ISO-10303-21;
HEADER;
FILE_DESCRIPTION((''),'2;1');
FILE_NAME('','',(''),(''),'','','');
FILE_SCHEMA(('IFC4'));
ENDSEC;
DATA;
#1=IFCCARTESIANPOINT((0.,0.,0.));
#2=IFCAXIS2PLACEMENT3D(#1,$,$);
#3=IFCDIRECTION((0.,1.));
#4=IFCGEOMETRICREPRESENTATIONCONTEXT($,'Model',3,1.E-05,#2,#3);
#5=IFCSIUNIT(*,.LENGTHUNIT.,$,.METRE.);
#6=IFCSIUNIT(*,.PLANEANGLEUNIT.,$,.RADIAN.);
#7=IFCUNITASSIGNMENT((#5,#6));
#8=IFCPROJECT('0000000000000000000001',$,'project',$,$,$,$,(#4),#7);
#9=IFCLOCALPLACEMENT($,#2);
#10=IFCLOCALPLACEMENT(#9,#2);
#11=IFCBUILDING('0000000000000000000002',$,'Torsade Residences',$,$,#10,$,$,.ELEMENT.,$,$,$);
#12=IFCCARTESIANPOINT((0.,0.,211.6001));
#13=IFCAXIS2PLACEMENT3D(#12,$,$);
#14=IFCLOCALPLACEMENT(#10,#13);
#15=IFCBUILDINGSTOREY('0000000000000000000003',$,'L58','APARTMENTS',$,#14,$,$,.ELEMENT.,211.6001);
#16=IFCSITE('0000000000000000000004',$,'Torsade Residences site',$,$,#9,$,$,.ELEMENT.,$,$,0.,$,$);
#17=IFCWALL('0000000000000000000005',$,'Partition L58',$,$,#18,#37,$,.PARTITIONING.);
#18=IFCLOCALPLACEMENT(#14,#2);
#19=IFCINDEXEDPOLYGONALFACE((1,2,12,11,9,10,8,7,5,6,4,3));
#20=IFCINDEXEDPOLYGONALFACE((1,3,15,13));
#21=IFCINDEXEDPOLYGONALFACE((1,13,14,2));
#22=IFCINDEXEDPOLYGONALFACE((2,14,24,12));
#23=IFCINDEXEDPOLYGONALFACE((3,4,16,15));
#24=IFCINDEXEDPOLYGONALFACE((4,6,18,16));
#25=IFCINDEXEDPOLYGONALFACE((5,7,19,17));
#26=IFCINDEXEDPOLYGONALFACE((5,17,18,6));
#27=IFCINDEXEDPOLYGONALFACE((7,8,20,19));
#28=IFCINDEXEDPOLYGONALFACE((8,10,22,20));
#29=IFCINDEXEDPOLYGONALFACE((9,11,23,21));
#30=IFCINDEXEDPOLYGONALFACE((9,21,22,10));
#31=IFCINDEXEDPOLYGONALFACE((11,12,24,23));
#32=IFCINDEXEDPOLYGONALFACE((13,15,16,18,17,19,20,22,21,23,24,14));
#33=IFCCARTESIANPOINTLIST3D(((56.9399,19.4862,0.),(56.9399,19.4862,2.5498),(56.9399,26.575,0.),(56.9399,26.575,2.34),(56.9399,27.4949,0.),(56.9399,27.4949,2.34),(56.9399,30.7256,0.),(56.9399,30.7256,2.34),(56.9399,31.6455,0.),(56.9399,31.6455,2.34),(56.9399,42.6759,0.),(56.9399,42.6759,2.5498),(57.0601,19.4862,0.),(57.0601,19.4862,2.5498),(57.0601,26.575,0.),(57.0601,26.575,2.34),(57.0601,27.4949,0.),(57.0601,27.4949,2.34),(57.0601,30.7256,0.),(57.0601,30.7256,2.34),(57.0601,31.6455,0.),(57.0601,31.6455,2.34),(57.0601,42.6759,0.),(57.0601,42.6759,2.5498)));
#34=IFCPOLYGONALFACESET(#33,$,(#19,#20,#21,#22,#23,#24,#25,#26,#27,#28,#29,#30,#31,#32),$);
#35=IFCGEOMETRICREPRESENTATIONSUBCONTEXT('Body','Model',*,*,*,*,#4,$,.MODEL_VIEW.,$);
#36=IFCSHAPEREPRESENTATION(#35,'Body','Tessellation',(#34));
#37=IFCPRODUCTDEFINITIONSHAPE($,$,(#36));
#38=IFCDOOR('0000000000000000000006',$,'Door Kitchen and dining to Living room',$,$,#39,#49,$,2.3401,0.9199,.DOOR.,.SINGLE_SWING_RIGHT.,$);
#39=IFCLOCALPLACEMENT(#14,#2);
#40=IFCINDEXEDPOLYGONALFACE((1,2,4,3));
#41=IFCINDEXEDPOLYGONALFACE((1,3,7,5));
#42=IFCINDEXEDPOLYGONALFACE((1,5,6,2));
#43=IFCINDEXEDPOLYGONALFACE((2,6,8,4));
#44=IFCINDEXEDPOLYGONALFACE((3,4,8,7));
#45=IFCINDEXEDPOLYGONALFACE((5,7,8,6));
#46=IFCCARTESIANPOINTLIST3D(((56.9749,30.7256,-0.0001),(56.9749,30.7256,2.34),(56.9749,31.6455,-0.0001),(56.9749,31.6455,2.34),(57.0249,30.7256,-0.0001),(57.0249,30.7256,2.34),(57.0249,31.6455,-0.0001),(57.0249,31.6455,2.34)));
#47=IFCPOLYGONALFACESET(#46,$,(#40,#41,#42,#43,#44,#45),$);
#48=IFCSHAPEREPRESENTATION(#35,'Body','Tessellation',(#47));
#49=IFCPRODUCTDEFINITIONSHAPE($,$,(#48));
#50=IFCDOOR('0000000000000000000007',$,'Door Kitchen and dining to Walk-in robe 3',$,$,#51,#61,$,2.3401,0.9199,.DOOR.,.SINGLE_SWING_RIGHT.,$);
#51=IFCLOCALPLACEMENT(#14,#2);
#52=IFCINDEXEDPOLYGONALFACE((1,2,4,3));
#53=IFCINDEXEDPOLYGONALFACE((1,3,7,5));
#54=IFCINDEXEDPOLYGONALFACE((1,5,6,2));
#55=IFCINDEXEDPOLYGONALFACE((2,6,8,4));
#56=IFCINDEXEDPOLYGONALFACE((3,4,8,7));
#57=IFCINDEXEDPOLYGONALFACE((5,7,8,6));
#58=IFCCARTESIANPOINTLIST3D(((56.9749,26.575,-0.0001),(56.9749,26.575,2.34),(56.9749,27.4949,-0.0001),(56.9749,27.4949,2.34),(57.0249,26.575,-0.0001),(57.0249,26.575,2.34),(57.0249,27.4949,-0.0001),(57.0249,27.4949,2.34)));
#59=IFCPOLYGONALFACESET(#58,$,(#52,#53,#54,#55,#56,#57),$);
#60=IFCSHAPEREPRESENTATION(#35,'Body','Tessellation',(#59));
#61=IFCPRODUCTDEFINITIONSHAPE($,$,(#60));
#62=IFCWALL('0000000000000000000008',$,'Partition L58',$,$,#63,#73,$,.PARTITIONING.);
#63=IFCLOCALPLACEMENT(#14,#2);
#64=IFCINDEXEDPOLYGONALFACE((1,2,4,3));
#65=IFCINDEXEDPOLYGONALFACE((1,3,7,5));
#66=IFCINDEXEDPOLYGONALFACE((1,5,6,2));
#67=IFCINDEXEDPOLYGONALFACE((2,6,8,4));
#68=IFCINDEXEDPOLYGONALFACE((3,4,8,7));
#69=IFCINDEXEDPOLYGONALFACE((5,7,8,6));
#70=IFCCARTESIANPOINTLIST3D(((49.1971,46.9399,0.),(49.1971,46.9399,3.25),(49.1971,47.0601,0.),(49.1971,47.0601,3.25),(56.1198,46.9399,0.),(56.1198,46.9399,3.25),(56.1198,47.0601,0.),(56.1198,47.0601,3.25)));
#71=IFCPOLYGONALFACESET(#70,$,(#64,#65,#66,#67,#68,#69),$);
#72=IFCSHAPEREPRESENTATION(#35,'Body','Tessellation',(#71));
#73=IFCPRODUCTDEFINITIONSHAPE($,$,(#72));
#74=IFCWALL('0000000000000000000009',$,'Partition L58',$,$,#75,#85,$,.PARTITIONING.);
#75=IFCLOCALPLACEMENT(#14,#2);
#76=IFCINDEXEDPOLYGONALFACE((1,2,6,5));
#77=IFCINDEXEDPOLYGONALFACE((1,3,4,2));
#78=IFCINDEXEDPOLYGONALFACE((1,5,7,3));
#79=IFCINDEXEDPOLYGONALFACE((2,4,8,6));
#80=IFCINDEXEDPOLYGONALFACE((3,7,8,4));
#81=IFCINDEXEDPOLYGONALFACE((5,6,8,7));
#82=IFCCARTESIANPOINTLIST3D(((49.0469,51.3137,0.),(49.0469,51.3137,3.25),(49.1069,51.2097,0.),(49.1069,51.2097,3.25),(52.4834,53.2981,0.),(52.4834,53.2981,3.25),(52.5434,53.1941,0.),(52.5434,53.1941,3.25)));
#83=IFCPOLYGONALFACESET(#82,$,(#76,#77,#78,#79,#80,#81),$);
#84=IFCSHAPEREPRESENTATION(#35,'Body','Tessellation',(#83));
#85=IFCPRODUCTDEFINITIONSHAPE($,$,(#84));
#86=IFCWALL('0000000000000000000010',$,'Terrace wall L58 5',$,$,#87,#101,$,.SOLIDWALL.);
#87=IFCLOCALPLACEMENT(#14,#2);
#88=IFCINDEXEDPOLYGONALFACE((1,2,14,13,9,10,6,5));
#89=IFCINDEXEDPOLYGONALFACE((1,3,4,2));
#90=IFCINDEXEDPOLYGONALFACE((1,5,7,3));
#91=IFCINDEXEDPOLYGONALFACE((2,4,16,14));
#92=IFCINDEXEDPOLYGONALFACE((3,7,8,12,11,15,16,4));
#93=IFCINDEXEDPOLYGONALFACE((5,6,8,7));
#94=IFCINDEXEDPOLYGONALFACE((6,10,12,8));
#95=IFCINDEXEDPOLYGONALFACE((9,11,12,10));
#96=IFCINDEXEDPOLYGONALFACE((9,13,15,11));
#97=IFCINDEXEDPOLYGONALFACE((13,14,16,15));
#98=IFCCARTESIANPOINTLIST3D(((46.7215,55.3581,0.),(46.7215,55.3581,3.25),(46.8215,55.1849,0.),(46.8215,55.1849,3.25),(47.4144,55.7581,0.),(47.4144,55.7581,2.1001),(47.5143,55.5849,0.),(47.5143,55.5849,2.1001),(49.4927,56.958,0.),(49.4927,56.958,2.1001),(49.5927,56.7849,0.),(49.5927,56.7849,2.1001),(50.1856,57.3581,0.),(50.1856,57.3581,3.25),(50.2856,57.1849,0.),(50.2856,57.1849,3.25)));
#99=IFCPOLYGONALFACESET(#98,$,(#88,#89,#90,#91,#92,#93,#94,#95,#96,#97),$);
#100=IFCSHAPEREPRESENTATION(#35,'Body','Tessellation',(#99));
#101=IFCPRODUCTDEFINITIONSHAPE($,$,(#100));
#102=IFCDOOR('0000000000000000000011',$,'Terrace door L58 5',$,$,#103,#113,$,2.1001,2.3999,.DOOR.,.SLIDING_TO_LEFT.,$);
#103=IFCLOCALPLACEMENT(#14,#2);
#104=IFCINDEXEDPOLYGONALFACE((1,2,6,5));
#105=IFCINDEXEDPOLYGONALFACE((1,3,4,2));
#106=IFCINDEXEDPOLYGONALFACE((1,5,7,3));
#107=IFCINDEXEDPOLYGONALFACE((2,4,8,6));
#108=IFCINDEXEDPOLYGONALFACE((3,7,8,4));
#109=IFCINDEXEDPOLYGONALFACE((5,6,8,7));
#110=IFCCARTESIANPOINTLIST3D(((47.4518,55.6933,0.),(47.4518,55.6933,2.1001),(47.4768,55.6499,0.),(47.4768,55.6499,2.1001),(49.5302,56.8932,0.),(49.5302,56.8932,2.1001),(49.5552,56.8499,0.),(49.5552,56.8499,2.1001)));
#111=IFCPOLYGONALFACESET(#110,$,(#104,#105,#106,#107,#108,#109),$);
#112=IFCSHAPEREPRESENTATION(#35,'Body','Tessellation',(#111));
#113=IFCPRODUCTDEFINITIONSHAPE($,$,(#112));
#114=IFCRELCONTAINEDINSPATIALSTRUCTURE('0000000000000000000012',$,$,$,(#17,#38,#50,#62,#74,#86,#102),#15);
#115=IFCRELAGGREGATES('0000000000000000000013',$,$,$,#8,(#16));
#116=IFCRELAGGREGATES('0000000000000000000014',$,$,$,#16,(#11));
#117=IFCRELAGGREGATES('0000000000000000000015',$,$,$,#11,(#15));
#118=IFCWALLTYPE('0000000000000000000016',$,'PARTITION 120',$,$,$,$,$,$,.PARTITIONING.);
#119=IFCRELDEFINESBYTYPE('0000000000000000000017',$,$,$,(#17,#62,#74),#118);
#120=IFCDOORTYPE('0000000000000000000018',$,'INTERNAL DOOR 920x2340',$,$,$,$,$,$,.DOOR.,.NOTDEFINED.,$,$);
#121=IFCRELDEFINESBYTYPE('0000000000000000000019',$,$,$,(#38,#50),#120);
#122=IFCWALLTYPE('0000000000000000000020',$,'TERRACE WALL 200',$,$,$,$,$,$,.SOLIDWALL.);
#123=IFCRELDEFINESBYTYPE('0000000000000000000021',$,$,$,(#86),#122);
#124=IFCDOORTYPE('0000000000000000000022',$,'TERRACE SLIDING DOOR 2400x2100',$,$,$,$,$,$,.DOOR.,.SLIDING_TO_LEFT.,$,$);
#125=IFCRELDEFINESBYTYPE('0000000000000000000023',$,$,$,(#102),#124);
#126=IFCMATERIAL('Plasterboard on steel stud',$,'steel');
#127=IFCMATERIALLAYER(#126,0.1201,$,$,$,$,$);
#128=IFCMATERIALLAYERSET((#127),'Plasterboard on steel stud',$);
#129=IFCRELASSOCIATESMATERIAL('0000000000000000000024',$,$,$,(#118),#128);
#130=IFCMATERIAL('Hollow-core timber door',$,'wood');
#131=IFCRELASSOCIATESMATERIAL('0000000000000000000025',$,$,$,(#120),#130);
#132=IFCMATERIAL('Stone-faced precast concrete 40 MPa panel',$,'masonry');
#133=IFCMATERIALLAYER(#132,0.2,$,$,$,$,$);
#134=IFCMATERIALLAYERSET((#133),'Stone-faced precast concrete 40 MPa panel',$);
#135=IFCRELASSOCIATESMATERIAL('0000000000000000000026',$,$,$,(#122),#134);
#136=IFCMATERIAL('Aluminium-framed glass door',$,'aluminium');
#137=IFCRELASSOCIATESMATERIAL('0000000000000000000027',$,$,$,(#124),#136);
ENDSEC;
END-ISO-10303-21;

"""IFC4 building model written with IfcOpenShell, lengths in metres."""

from ifc_helpers import new_model, si_unit, direction, frame, frame_2d, origin, place, context, subcontext, project, spatial, rectangle, extrude, material, layer, layer_set, type_object, element, fill, save


model = new_model("IFC4")

# Units and contexts
model_context = context("Model", 3, precision=1e-05, world=origin(), true_north=direction((0.0, 1.0)))
body_context = subcontext(model_context, "Body", "Model", "MODEL_VIEW")
ifc_project = project(units=[si_unit("LENGTHUNIT", "METRE"), si_unit("PLANEANGLEUNIT", "RADIAN")], contexts=[model_context])

# Site, building, storey
site_placement = place(None, origin())
site = spatial("IfcSite", under=ifc_project, at=site_placement, Name="Torsade Residences site", CompositionType="ELEMENT", RefElevation=0.0)
building_placement = place(site_placement, origin())
building = spatial("IfcBuilding", under=site, at=building_placement, Name="Torsade Residences", CompositionType="ELEMENT")
storey_placement = place(building_placement, frame((0.0, 0.0, 211.6001)))
storey = spatial("IfcBuildingStorey", under=building, at=storey_placement, Name="L58", Description="APARTMENTS", CompositionType="ELEMENT", Elevation=211.6001)

# Wall, openings, doors
ifc_material_1 = material(Name="Plasterboard on steel stud", Category="steel")
ifc_layer_1 = layer(ifc_material_1, 0.1201)
ifc_layer_set_1 = layer_set([ifc_layer_1], Name="Plasterboard on steel stud")
wall_type_1 = type_object("IfcWallType", Name="PARTITION 120", PredefinedType="PARTITIONING", material=ifc_layer_set_1)
wall_1_placement = place(storey_placement, frame((57.0, 42.6758, 0.0), z_axis=(0.0, 0.0, 1.0), x_axis=(0.0, -1.0, 0.0)))
wall_1 = element("IfcWall", 1, at=wall_1_placement, inside=storey, type_object=wall_type_1, Name="Partition L58", PredefinedType="PARTITIONING", context=body_context, shape_type="SweptSolid", body=[
    extrude(rectangle(XDim=23.1897, YDim=0.1201, at=frame_2d((11.5947, 0.0))), origin(), (0.0, 0.0, 1.0), 2.5498),
])
opening_1_placement = place(wall_1_placement, frame((11.0303, 0.0, 0.0)))
opening_1 = element("IfcOpeningElement", 2, at=opening_1_placement, cuts=wall_1, PredefinedType="OPENING", context=body_context, shape_type="SweptSolid", body=[
    extrude(rectangle(XDim=0.9199, YDim=2.3401, at=frame_2d((0.46, 1.1699))), frame((0.0, 0.0701, 0.0), z_axis=(0.0, -1.0, 0.0), x_axis=(1.0, 0.0, 0.0)), (0.0, 0.0, 1.0), 0.1401),
])
opening_2_placement = place(wall_1_placement, frame((15.1809, 0.0, 0.0)))
opening_2 = element("IfcOpeningElement", 3, at=opening_2_placement, cuts=wall_1, PredefinedType="OPENING", context=body_context, shape_type="SweptSolid", body=[
    extrude(rectangle(XDim=0.9199, YDim=2.3401, at=frame_2d((0.46, 1.1699))), frame((0.0, 0.0701, 0.0), z_axis=(0.0, -1.0, 0.0), x_axis=(1.0, 0.0, 0.0)), (0.0, 0.0, 1.0), 0.1401),
])
ifc_material_2 = material(Name="Hollow-core timber door", Category="wood")
door_type_1 = type_object("IfcDoorType", Name="INTERNAL DOOR 920x2340", OperationType="NOTDEFINED", PredefinedType="DOOR", material=ifc_material_2)
door_1_placement = place(opening_1_placement, origin())
door_1 = element("IfcDoor", 4, at=door_1_placement, inside=storey, type_object=door_type_1, Name="Door Kitchen and dining to Living room", OperationType="SINGLE_SWING_RIGHT", OverallHeight=2.3401, OverallWidth=0.9199, PredefinedType="DOOR", context=body_context, shape_type="SweptSolid", body=[
    extrude(rectangle(XDim=0.9199, YDim=2.3401, at=frame_2d((0.46, 1.1699))), frame((0.0, 0.0249, 0.0), z_axis=(0.0, -1.0, 0.0), x_axis=(1.0, 0.0, 0.0)), (0.0, 0.0, 1.0), 0.05),
])
fill(opening_1, door_1)
door_2_placement = place(opening_2_placement, origin())
door_2 = element("IfcDoor", 5, at=door_2_placement, inside=storey, type_object=door_type_1, Name="Door Kitchen and dining to Walk-in robe 3", OperationType="SINGLE_SWING_RIGHT", OverallHeight=2.3401, OverallWidth=0.9199, PredefinedType="DOOR", context=body_context, shape_type="SweptSolid", body=[
    extrude(rectangle(XDim=0.9199, YDim=2.3401, at=frame_2d((0.46, 1.1699))), frame((0.0, 0.0249, 0.0), z_axis=(0.0, -1.0, 0.0), x_axis=(1.0, 0.0, 0.0)), (0.0, 0.0, 1.0), 0.05),
])
fill(opening_2, door_2)

# Walls
wall_2_placement = place(storey_placement, frame((49.197, 47.0, 0.0), z_axis=(0.0, 0.0, 1.0), x_axis=(1.0, 0.0, 0.0)))
element("IfcWall", 6, at=wall_2_placement, inside=storey, type_object=wall_type_1, Name="Partition L58", PredefinedType="PARTITIONING", context=body_context, shape_type="SweptSolid", body=[
    extrude(rectangle(XDim=6.9226, YDim=0.1201, at=frame_2d((3.4614, 0.0))), origin(), (0.0, 0.0, 1.0), 3.25),
])
wall_3_placement = place(storey_placement, frame((49.0769, 51.2617, 0.0), z_axis=(0.0, 0.0, 1.0), x_axis=(0.865993, 0.500056, 0.0)))
element("IfcWall", 7, at=wall_3_placement, inside=storey, type_object=wall_type_1, Name="Partition L58", PredefinedType="PARTITIONING", context=body_context, shape_type="SweptSolid", body=[
    extrude(rectangle(XDim=3.9683, YDim=0.1201, at=frame_2d((1.9841, 0.0))), origin(), (0.0, 0.0, 1.0), 3.25),
])

# Wall, opening, door
ifc_material_3 = material(Name="Stone-faced precast concrete 40 MPa panel", Category="masonry")
ifc_layer_2 = layer(ifc_material_3, 0.2)
ifc_layer_set_2 = layer_set([ifc_layer_2], Name="Stone-faced precast concrete 40 MPa panel")
wall_type_2 = type_object("IfcWallType", Name="TERRACE WALL 200", PredefinedType="SOLIDWALL", material=ifc_layer_set_2)
wall_4_placement = place(storey_placement, frame((50.2356, 57.2715, 0.0), z_axis=(0.0, 0.0, 1.0), x_axis=(-0.866026, -0.499999, 0.0)))
wall_4 = element("IfcWall", 8, at=wall_4_placement, inside=storey, type_object=wall_type_2, Name="Terrace wall L58 5", PredefinedType="SOLIDWALL", context=body_context, shape_type="SweptSolid", body=[
    extrude(rectangle(XDim=4.0, YDim=0.2, at=frame_2d((2.0, 0.0))), origin(), (0.0, 0.0, 1.0), 3.25),
])
opening_3_placement = place(wall_4_placement, frame((0.8, 0.0, 0.0)))
opening_3 = element("IfcOpeningElement", 9, at=opening_3_placement, cuts=wall_4, PredefinedType="OPENING", context=body_context, shape_type="SweptSolid", body=[
    extrude(rectangle(XDim=2.3999, YDim=2.1001, at=frame_2d((1.2, 1.05))), frame((0.0, 0.1099, 0.0), z_axis=(0.0, -1.0, 0.0), x_axis=(1.0, 0.0, 0.0)), (0.0, 0.0, 1.0), 0.22),
])
ifc_material_4 = material(Name="Aluminium-framed glass door", Category="aluminium")
door_type_2 = type_object("IfcDoorType", Name="TERRACE SLIDING DOOR 2400x2100", OperationType="SLIDING_TO_LEFT", PredefinedType="DOOR", material=ifc_material_4)
door_3_placement = place(opening_3_placement, origin())
door_3 = element("IfcDoor", 10, at=door_3_placement, inside=storey, type_object=door_type_2, Name="Terrace door L58 5", OperationType="SLIDING_TO_LEFT", OverallHeight=2.1001, OverallWidth=2.3999, PredefinedType="DOOR", context=body_context, shape_type="SweptSolid", body=[
    extrude(rectangle(XDim=2.3999, YDim=2.1001, at=frame_2d((1.2, 1.05))), frame((0.0, 0.0249, 0.0), z_axis=(0.0, -1.0, 0.0), x_axis=(1.0, 0.0, 0.0)), (0.0, 0.0, 1.0), 0.05),
])
fill(opening_3, door_3)

save(model, "model.ifc")
